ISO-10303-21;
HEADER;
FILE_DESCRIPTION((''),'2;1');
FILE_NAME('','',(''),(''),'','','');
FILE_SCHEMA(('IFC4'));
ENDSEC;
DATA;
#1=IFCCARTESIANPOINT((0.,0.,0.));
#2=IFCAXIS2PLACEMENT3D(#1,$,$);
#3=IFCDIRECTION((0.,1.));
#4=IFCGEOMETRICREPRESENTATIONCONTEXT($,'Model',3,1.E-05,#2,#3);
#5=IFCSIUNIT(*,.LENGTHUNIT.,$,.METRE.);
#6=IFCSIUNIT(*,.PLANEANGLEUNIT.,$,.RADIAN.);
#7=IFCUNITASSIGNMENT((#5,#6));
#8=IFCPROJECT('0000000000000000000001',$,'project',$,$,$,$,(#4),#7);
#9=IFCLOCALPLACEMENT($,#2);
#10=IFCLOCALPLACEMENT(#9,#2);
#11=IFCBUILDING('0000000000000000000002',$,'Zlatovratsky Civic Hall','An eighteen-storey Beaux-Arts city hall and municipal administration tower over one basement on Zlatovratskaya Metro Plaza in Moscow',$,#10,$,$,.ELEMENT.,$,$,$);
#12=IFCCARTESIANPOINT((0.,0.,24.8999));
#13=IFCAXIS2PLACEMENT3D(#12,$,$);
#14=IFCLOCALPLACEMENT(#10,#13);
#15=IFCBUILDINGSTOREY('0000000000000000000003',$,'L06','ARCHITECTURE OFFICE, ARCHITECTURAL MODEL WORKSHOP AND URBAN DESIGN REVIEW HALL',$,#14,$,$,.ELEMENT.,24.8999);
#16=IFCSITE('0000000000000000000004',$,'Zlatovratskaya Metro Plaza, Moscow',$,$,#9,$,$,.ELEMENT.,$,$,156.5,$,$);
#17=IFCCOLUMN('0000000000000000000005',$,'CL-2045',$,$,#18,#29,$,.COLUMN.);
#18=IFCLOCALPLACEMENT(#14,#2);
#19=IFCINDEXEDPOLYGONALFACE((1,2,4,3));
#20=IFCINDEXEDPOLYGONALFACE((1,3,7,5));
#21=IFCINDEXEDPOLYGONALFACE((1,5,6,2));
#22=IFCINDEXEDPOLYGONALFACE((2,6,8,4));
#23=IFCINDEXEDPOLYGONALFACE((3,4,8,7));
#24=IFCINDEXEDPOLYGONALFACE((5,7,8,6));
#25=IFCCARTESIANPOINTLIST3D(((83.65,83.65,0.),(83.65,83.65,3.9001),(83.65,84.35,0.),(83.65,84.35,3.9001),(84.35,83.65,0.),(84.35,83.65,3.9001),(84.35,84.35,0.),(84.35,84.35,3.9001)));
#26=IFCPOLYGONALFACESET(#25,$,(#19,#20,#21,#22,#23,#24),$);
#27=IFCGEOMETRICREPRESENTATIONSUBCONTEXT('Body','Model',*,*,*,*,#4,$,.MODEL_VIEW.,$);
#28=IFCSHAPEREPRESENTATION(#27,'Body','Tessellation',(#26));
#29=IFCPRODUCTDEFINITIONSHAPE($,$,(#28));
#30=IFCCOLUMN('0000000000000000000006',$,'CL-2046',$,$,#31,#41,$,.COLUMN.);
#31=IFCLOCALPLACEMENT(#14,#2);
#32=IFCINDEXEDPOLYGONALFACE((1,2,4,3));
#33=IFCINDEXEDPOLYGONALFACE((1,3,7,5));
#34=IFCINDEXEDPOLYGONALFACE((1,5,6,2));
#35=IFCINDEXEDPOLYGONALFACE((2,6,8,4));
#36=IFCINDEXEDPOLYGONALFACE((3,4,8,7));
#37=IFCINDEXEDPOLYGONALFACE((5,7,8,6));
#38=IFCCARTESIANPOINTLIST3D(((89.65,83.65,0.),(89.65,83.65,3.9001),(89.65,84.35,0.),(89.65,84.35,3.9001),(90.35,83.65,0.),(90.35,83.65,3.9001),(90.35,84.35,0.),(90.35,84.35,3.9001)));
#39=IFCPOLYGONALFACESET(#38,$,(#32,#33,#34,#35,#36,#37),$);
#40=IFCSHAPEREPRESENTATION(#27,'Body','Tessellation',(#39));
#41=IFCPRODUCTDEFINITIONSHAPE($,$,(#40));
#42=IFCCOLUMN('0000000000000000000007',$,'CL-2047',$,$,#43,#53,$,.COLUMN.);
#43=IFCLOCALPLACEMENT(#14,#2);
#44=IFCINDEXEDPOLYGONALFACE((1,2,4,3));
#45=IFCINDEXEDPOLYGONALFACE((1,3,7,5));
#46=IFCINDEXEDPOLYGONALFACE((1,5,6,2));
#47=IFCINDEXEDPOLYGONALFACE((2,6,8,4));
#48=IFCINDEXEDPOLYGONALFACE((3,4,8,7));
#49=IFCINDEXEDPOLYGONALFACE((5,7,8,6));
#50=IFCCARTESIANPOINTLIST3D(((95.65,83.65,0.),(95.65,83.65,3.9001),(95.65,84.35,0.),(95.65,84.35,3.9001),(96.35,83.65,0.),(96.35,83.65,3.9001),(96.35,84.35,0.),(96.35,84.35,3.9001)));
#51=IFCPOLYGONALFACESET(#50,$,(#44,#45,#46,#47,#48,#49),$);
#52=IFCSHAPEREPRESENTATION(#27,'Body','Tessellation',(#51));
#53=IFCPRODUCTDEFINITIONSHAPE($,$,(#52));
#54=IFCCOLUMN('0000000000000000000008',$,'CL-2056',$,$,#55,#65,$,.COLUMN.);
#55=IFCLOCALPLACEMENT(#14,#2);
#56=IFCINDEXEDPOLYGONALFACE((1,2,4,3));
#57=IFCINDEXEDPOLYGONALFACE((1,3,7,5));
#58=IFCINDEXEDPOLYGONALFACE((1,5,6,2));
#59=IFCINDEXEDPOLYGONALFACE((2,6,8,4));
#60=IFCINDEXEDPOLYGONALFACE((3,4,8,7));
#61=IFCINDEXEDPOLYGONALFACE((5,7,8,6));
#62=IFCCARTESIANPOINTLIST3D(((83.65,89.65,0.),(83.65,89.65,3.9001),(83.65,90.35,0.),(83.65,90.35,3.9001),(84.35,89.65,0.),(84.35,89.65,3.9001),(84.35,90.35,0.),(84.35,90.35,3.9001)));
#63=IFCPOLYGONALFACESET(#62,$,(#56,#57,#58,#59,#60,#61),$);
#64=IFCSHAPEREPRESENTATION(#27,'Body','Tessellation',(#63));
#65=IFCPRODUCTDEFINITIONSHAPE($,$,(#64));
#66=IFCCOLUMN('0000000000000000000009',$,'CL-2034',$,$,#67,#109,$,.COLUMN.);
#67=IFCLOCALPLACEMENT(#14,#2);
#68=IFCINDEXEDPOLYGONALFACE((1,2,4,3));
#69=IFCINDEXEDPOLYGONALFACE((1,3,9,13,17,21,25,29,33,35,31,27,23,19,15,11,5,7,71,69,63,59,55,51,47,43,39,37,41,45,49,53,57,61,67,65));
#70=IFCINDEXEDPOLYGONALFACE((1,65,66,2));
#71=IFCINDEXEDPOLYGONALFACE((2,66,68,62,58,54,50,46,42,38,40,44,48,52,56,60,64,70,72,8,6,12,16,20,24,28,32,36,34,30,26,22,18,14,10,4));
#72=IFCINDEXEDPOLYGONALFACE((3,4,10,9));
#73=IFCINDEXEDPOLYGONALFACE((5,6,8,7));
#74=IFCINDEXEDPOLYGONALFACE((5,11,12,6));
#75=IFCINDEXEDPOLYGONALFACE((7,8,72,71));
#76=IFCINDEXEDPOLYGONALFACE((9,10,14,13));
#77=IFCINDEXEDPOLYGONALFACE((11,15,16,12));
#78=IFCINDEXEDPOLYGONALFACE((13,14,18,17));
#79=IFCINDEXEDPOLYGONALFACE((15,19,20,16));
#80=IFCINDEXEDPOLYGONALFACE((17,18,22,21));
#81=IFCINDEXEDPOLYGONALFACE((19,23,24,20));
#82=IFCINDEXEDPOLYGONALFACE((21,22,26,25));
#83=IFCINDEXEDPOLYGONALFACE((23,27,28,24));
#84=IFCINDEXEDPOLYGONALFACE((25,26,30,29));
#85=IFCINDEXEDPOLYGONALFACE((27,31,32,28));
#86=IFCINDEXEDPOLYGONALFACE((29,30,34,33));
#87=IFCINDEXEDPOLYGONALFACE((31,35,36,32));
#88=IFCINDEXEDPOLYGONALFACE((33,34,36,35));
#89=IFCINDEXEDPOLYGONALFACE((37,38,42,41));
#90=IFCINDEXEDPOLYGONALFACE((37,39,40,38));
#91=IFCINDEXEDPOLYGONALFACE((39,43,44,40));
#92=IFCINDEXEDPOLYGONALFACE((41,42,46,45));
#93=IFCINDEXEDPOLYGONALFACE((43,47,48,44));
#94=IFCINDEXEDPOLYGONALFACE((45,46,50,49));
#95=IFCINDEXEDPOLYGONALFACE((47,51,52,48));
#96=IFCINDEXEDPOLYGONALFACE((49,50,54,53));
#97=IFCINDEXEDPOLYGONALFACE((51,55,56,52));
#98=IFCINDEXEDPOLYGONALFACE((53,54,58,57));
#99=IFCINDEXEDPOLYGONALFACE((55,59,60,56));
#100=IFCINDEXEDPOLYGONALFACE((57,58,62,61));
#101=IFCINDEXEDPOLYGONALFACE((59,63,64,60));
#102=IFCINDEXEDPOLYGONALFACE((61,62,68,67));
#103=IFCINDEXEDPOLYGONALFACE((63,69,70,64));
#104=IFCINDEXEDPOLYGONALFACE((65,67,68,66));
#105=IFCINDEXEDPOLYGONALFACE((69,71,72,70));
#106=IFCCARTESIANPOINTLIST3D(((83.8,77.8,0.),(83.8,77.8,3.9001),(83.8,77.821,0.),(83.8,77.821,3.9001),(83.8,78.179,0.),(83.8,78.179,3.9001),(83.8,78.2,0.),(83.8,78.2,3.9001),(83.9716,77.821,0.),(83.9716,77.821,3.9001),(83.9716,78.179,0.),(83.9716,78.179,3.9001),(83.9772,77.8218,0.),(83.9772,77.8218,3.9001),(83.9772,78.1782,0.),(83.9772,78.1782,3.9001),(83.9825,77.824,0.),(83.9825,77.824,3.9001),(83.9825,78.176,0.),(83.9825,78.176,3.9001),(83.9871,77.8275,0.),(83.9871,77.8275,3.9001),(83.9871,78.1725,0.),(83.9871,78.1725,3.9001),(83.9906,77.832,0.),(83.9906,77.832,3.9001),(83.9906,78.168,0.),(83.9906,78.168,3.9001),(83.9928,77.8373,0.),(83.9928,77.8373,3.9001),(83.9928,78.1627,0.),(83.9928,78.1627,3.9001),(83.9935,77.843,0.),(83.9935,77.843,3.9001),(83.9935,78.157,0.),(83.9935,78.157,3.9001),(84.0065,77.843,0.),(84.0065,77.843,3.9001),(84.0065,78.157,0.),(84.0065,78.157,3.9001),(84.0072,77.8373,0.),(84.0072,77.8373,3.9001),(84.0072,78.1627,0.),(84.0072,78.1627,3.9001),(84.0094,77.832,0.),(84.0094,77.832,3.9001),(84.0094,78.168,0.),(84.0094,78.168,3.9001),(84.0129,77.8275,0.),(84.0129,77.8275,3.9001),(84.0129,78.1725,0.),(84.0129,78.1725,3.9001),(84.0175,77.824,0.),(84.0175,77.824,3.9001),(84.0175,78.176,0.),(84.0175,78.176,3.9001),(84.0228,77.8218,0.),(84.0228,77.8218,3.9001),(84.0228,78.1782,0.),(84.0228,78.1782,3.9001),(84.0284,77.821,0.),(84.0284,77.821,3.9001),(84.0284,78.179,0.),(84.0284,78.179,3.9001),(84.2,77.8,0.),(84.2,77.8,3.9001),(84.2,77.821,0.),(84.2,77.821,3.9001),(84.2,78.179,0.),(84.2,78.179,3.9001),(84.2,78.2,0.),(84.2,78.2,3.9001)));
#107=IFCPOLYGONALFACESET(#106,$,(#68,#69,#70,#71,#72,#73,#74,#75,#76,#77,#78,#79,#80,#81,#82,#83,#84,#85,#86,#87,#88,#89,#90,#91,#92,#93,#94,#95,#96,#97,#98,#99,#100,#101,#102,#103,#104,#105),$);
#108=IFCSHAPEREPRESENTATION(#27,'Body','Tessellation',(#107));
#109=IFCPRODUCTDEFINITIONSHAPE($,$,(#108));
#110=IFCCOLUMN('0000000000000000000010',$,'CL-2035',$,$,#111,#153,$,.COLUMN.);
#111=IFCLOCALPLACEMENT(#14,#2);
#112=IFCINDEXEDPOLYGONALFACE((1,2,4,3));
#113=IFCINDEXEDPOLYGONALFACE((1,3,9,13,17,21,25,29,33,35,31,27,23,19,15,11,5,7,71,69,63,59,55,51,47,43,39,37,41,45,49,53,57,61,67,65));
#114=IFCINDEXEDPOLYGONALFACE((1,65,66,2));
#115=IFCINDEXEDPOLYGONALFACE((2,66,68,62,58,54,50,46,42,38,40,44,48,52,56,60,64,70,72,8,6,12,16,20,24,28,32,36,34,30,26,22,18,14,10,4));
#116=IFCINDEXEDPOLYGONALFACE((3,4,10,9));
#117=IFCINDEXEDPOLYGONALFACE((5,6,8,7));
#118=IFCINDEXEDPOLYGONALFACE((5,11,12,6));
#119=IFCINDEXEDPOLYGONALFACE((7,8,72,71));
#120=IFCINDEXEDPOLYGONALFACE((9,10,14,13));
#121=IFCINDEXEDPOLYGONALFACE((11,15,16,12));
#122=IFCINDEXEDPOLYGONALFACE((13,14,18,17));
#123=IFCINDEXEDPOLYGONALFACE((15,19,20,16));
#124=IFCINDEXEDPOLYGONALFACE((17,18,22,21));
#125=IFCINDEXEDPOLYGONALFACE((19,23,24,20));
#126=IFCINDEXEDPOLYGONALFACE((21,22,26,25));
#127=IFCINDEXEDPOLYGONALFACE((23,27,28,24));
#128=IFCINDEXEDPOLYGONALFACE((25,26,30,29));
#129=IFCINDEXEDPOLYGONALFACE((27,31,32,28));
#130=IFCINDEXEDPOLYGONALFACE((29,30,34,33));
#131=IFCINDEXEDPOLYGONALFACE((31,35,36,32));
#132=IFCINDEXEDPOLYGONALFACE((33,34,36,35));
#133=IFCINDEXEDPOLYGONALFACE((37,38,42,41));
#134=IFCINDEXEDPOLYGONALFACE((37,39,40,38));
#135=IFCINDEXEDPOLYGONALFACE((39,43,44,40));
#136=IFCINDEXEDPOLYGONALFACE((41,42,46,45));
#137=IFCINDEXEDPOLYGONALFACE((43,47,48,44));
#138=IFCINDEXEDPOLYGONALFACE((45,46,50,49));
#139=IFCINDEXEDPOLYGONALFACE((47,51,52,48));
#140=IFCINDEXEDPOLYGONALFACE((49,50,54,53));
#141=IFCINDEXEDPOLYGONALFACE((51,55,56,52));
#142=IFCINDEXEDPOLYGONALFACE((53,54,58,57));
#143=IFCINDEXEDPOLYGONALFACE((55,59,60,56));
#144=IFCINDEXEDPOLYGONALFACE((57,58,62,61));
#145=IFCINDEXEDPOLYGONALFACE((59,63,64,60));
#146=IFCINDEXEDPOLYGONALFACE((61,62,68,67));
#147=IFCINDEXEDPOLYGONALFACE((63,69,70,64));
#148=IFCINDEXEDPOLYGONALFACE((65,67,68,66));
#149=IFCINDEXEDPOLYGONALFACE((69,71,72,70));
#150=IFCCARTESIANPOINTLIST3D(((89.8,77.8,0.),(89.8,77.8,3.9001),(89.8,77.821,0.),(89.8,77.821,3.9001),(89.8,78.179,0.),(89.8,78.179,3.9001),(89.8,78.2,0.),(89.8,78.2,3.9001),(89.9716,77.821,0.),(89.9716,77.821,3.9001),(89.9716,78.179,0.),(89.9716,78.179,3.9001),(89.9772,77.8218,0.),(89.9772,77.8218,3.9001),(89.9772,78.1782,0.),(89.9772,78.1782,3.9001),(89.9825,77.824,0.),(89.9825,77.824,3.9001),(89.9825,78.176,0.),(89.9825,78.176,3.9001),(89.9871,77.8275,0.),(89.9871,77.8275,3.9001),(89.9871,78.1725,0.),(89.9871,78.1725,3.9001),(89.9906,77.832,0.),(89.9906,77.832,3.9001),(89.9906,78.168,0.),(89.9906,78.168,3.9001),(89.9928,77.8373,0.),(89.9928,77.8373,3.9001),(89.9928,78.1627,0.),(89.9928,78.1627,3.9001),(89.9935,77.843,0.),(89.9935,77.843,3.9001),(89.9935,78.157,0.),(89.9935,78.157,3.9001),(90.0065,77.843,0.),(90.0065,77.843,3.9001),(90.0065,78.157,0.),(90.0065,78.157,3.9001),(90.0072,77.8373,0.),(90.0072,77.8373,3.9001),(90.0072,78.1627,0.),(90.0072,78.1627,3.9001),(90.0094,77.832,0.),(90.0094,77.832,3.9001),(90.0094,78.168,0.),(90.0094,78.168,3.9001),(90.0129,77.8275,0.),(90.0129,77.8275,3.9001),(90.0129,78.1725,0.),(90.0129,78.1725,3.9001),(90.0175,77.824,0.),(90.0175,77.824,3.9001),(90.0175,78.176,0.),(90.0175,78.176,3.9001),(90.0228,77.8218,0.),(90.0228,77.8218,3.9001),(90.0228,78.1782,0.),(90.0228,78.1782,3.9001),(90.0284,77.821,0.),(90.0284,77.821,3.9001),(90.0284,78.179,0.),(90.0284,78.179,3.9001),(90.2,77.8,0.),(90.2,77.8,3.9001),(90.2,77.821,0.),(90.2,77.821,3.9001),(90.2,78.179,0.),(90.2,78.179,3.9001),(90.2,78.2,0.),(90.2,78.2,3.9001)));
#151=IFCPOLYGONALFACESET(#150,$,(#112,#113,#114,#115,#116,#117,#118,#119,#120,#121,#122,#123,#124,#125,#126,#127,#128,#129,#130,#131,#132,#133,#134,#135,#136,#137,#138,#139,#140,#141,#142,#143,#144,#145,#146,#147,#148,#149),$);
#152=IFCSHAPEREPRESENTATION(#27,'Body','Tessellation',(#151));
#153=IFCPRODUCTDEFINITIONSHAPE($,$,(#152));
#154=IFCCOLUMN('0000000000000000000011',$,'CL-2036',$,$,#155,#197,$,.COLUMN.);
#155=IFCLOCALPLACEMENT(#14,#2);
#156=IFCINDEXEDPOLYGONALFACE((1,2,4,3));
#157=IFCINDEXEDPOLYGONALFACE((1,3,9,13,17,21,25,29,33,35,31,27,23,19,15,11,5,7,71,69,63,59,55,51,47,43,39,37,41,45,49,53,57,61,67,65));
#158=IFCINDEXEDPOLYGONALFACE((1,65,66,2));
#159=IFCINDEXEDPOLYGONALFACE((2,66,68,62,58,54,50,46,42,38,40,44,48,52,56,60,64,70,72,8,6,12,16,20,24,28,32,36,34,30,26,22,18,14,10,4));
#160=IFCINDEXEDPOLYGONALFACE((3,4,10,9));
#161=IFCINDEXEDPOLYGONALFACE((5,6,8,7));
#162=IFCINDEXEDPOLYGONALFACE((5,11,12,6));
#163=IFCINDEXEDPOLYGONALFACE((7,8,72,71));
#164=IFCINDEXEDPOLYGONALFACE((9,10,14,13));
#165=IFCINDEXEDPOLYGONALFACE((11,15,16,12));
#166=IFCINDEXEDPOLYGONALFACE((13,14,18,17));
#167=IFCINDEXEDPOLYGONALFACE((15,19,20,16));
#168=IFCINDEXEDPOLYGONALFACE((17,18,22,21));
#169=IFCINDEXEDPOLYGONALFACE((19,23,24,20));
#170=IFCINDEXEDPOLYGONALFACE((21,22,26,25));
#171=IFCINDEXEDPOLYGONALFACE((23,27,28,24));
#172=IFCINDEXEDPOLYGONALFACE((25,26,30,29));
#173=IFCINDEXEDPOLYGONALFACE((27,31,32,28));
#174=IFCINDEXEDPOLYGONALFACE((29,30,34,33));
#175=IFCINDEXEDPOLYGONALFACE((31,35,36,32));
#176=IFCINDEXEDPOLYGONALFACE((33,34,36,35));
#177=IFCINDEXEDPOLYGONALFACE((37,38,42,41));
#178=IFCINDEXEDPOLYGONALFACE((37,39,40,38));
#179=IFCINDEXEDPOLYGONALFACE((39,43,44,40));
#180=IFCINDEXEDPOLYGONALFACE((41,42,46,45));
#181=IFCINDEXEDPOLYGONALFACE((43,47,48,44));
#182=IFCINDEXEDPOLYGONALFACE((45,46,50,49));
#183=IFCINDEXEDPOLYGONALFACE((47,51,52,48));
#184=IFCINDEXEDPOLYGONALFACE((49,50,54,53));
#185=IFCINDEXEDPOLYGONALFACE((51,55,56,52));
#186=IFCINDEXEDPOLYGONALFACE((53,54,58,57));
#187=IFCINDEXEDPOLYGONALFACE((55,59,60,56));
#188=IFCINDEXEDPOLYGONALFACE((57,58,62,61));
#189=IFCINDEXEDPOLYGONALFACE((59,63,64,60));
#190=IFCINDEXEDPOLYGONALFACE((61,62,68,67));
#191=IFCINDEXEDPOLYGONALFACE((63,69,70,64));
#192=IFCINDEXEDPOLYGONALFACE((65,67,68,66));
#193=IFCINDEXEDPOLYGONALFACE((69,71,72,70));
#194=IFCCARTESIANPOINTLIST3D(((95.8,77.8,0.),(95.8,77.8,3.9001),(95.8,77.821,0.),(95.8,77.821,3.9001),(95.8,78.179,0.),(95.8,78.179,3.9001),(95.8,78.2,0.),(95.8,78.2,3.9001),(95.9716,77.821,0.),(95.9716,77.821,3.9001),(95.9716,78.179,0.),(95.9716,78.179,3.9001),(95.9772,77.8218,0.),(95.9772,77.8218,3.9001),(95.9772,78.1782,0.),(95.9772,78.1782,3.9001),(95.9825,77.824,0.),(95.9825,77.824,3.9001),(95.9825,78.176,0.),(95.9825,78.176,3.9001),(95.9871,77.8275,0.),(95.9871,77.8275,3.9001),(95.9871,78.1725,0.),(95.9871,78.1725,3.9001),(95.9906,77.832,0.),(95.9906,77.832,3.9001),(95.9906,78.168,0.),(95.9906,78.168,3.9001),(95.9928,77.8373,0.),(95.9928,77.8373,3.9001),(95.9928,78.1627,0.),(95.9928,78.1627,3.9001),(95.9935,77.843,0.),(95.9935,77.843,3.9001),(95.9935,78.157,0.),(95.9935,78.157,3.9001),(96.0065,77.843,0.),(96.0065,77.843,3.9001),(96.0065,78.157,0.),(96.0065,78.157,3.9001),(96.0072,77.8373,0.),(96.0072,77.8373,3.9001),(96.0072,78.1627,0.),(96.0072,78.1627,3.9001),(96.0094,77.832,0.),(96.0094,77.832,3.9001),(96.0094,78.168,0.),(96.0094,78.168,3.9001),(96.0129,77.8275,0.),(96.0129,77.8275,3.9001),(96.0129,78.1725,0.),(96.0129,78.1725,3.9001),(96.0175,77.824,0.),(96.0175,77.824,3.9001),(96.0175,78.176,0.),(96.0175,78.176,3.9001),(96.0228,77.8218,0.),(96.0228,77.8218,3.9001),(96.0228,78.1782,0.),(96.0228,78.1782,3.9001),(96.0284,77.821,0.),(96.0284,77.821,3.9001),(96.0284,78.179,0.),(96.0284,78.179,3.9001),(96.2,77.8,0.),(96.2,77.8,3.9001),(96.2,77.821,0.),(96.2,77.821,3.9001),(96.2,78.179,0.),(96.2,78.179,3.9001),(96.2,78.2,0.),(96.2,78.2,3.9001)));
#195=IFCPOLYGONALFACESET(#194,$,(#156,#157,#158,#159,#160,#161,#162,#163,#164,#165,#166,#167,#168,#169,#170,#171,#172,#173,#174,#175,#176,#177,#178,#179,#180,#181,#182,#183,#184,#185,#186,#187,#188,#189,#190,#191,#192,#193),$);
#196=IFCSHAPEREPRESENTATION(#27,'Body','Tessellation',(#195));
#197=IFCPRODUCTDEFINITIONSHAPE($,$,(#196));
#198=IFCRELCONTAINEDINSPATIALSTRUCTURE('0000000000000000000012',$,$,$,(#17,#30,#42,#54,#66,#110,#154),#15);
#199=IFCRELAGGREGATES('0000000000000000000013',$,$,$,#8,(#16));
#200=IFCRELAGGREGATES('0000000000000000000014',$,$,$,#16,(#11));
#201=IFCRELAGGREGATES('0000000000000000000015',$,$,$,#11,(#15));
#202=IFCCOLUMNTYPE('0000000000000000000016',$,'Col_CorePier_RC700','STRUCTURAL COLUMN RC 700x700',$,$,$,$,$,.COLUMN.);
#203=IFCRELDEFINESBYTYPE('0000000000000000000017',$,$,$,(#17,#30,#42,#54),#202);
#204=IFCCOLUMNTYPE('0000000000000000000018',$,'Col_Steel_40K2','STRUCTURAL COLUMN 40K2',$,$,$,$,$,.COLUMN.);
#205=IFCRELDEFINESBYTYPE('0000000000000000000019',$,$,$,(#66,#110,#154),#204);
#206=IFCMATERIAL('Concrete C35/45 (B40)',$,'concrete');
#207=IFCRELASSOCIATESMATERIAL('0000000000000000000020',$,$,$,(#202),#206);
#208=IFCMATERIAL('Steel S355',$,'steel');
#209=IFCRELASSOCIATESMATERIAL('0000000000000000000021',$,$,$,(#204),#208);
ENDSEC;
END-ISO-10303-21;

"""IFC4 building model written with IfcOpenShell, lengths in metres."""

from ifc_helpers import new_model, si_unit, direction, frame, origin, origin_2d, place, context, subcontext, project, spatial, rectangle, i_section, extrude, material, material_profile, profile_set, type_object, element, save


model = new_model("IFC4")

# Units and contexts
model_context = context("Model", 3, precision=1e-05, world=origin(), true_north=direction((0.0, 1.0)))
body_context = subcontext(model_context, "Body", "Model", "MODEL_VIEW")
ifc_project = project(units=[si_unit("LENGTHUNIT", "METRE"), si_unit("PLANEANGLEUNIT", "RADIAN")], contexts=[model_context])

# Site, building, storey
site_placement = place(None, origin())
site = spatial("IfcSite", under=ifc_project, at=site_placement, Name="Zlatovratskaya Metro Plaza, Moscow", CompositionType="ELEMENT", RefElevation=156.5)
building_placement = place(site_placement, origin())
building = spatial("IfcBuilding", under=site, at=building_placement, Name="Zlatovratsky Civic Hall", Description="An eighteen-storey Beaux-Arts city hall and municipal administration tower over one basement on Zlatovratskaya Metro Plaza in Moscow", CompositionType="ELEMENT")
storey_placement = place(building_placement, frame((0.0, 0.0, 24.8999)))
storey = spatial("IfcBuildingStorey", under=building, at=storey_placement, Name="L06", Description="ARCHITECTURE OFFICE, ARCHITECTURAL MODEL WORKSHOP AND URBAN DESIGN REVIEW HALL", CompositionType="ELEMENT", Elevation=24.8999)

# Columns
ifc_material_1 = material(Name="Concrete C35/45 (B40)", Category="concrete")
ifc_material_profile_1 = material_profile(ifc_material_1, rectangle(XDim=0.7, YDim=0.7, at=origin_2d()), Name="RC 700x700")
ifc_profile_set_1 = profile_set([ifc_material_profile_1], Name="Concrete C35/45 (B40)")
column_type_1 = type_object("IfcColumnType", Name="Col_CorePier_RC700", Description="STRUCTURAL COLUMN RC 700x700", PredefinedType="COLUMN", material=ifc_profile_set_1)
for number, where, z_axis, x_axis, name in (
    (1, (84.0, 84.0, 0.0), (0.0, 0.0, 1.0), (1.0, 0.0, 0.0), "CL-2045"),
    (2, (90.0, 84.0, 0.0), (0.0, 0.0, 1.0), (1.0, 0.0, 0.0), "CL-2046"),
    (3, (96.0, 84.0, 0.0), (0.0, 0.0, 1.0), (1.0, 0.0, 0.0), "CL-2047"),
    (4, (84.0, 90.0, 0.0), (0.0, 0.0, 1.0), (1.0, 0.0, 0.0), "CL-2056"),
):
    element("IfcColumn", number, at=place(storey_placement, frame(where, z_axis=z_axis, x_axis=x_axis)), inside=storey, type_object=column_type_1, Name=name, PredefinedType="COLUMN", context=body_context, shape_type="SweptSolid", body=[
        extrude(rectangle(XDim=0.7, YDim=0.7, at=origin_2d()), origin(), (0.0, 0.0, 1.0), 3.9001),
    ])
ifc_material_2 = material(Name="Steel S355", Category="steel")
ifc_material_profile_2 = material_profile(ifc_material_2, i_section(OverallWidth=0.3999, OverallDepth=0.3999, WebThickness=0.0129, FlangeThickness=0.021, FilletRadius=0.022, at=origin_2d()), Name="40K2")
ifc_profile_set_2 = profile_set([ifc_material_profile_2], Name="Steel S355")
column_type_2 = type_object("IfcColumnType", Name="Col_Steel_40K2", Description="STRUCTURAL COLUMN 40K2", PredefinedType="COLUMN", material=ifc_profile_set_2)
for number, where, z_axis, x_axis, name in (
    (5, (84.0, 78.0, 0.0), (0.0, 0.0, 1.0), (1.0, 0.0, 0.0), "CL-2034"),
    (6, (90.0, 78.0, 0.0), (0.0, 0.0, 1.0), (1.0, 0.0, 0.0), "CL-2035"),
    (7, (96.0, 78.0, 0.0), (0.0, 0.0, 1.0), (1.0, 0.0, 0.0), "CL-2036"),
):
    element("IfcColumn", number, at=place(storey_placement, frame(where, z_axis=z_axis, x_axis=x_axis)), inside=storey, type_object=column_type_2, Name=name, PredefinedType="COLUMN", context=body_context, shape_type="SweptSolid", body=[
        extrude(i_section(OverallWidth=0.3999, OverallDepth=0.3999, WebThickness=0.0129, FlangeThickness=0.021, FilletRadius=0.022, at=origin_2d()), origin(), (0.0, 0.0, 1.0), 3.9001),
    ])

save(model, "model.ifc")
